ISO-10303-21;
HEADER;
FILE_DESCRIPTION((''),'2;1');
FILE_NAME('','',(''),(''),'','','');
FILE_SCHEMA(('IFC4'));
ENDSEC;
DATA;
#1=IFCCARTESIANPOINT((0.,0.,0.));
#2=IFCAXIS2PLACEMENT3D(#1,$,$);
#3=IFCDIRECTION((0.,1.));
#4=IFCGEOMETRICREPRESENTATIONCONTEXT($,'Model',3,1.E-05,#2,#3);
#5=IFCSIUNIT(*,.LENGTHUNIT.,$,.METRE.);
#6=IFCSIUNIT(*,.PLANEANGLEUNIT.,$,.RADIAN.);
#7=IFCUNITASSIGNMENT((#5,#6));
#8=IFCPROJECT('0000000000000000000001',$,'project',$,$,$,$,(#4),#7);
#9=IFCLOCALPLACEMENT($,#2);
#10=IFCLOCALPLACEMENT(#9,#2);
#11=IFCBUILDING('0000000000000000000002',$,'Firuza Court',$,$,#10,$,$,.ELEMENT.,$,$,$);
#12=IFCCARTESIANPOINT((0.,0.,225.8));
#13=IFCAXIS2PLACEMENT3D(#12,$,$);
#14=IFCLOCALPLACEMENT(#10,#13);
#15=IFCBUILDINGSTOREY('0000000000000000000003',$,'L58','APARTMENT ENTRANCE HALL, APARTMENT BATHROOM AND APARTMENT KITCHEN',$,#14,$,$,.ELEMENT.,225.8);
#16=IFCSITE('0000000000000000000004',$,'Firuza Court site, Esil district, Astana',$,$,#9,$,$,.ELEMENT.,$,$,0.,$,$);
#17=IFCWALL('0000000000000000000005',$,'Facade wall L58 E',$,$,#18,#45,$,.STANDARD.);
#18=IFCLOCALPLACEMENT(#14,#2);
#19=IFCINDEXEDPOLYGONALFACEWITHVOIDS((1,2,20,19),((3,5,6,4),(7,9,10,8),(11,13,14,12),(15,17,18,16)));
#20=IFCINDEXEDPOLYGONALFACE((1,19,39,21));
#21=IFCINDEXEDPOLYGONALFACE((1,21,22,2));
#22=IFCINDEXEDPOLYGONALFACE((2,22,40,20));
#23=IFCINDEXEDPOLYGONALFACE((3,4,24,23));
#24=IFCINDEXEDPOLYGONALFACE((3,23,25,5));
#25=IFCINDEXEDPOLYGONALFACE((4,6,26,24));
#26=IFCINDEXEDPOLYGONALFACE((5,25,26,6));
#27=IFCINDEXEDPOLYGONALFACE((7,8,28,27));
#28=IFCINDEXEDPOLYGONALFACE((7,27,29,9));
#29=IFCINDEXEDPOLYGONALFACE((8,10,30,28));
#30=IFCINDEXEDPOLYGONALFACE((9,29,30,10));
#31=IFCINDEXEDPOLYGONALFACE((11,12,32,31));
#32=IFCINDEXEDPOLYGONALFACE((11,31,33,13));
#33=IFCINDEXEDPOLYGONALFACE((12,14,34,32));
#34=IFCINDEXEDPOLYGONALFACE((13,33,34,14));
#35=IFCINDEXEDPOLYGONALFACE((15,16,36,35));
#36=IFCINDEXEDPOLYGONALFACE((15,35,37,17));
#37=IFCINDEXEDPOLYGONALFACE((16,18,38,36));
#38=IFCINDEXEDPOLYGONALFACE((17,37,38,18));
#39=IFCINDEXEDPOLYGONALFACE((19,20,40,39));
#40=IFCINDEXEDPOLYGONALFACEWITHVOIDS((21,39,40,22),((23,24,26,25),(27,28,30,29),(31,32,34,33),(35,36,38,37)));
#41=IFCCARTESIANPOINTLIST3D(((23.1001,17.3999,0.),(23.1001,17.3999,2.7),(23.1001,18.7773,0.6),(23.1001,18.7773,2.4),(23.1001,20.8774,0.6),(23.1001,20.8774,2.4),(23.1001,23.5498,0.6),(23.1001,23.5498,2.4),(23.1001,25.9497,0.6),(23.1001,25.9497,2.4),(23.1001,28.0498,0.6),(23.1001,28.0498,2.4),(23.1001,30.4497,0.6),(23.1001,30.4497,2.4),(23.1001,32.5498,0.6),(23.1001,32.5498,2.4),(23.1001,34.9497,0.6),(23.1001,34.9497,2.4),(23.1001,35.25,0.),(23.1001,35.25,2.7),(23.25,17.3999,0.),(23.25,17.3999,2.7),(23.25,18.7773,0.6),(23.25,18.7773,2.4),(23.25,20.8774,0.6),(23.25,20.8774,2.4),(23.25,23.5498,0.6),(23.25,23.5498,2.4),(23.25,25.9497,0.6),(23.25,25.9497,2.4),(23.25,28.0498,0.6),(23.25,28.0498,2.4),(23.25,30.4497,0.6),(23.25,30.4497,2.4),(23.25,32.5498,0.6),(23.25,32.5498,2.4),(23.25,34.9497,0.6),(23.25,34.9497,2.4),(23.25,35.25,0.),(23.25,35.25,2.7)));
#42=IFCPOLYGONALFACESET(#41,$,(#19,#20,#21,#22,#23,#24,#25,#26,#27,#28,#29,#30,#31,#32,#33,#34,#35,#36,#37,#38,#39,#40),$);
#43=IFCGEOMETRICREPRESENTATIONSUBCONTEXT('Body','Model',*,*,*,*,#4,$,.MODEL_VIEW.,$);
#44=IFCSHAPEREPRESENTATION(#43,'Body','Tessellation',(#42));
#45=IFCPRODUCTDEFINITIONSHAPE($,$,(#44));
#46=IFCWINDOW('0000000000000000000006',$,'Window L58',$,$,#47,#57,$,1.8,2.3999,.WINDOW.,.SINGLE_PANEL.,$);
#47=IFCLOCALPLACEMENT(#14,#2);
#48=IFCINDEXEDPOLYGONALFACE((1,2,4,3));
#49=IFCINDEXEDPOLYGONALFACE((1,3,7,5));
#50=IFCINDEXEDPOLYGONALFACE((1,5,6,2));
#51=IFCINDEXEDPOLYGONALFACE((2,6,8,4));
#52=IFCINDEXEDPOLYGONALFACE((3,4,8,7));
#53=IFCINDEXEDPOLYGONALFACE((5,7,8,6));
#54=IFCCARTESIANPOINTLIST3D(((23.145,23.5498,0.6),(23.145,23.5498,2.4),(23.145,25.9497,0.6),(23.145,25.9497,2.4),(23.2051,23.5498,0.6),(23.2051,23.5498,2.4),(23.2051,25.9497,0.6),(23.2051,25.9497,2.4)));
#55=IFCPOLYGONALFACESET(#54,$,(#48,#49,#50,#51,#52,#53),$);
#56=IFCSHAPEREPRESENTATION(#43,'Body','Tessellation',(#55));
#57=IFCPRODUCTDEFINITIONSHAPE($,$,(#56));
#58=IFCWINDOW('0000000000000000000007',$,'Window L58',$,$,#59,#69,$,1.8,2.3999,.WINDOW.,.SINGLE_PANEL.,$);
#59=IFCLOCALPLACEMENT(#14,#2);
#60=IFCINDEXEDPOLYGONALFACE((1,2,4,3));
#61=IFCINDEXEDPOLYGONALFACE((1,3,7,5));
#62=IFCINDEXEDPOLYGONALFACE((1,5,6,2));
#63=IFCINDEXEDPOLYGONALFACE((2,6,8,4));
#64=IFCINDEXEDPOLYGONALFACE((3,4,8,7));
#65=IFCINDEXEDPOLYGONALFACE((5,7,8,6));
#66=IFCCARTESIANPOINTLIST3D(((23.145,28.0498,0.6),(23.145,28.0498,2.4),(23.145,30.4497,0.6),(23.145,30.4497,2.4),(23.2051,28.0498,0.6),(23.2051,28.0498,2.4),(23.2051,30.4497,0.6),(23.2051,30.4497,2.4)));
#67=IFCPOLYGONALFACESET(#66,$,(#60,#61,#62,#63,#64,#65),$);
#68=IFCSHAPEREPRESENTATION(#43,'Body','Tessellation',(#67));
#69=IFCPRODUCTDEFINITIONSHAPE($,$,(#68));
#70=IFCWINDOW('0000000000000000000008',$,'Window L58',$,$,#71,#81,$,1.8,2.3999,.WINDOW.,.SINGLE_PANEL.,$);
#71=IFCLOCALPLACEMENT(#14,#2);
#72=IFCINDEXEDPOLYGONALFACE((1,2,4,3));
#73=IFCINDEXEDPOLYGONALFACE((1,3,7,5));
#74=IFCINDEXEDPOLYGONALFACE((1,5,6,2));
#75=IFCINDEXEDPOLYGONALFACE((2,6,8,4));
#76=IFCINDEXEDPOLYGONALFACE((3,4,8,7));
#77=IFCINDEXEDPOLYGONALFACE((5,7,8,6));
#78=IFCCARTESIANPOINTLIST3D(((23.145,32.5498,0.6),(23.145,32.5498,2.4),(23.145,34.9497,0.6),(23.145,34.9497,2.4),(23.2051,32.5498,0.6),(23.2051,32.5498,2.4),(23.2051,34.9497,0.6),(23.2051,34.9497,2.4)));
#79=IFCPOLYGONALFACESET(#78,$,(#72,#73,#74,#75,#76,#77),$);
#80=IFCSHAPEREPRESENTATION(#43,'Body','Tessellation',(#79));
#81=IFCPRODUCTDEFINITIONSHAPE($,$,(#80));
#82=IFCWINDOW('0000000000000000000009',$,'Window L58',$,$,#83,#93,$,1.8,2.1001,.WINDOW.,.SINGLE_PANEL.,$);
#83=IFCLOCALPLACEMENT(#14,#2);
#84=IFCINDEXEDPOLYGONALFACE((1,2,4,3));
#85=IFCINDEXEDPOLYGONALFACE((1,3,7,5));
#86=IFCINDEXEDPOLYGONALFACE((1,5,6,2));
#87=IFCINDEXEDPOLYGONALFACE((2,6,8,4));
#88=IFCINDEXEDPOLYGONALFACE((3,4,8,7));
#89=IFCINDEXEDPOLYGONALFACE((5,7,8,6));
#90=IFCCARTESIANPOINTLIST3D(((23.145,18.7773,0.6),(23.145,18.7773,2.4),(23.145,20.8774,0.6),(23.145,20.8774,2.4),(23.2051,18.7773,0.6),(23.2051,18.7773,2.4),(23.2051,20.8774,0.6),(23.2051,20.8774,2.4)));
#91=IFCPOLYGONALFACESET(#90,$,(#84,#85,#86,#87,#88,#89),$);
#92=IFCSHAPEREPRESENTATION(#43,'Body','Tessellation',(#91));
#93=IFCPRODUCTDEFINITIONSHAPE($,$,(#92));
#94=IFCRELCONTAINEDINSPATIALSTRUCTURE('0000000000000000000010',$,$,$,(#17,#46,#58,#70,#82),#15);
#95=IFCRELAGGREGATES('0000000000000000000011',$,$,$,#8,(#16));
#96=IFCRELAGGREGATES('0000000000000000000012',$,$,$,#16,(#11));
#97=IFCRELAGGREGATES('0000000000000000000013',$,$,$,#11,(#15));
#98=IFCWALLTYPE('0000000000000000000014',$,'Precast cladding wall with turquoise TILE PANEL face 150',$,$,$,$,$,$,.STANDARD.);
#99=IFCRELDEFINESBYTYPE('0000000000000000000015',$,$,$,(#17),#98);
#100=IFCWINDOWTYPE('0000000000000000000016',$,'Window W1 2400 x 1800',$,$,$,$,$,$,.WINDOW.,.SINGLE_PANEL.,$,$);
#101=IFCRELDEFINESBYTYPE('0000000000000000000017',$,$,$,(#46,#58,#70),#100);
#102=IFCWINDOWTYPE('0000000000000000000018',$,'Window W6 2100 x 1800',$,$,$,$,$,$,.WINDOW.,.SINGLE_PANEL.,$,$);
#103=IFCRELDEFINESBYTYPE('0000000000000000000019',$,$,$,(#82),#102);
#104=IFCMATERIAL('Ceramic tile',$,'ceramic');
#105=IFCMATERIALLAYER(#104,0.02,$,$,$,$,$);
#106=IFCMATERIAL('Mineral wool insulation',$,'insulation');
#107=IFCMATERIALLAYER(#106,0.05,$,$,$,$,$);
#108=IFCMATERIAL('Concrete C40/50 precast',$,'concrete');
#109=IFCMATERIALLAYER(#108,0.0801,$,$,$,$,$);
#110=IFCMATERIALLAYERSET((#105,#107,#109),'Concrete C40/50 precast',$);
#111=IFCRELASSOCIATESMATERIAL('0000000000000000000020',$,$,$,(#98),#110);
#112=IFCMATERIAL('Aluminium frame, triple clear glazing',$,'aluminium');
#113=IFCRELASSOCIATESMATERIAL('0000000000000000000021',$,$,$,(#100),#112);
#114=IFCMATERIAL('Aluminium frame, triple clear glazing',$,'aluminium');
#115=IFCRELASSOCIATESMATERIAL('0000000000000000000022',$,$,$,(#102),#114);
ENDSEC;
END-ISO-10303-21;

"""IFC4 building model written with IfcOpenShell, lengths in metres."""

from ifc_helpers import new_model, si_unit, direction, frame, frame_2d, origin, place, context, subcontext, project, spatial, rectangle, extrude, material, layer, layer_set, type_object, element, fill, save


model = new_model("IFC4")

# Units and contexts
model_context = context("Model", 3, precision=1e-05, world=origin(), true_north=direction((0.0, 1.0)))
body_context = subcontext(model_context, "Body", "Model", "MODEL_VIEW")
ifc_project = project(units=[si_unit("LENGTHUNIT", "METRE"), si_unit("PLANEANGLEUNIT", "RADIAN")], contexts=[model_context])

# Site, building, storey
site_placement = place(None, origin())
site = spatial("IfcSite", under=ifc_project, at=site_placement, Name="Firuza Court site, Esil district, Astana", CompositionType="ELEMENT", RefElevation=0.0)
building_placement = place(site_placement, origin())
building = spatial("IfcBuilding", under=site, at=building_placement, Name="Firuza Court", CompositionType="ELEMENT")
storey_placement = place(building_placement, frame((0.0, 0.0, 225.8)))
storey = spatial("IfcBuildingStorey", under=building, at=storey_placement, Name="L58", Description="APARTMENT ENTRANCE HALL, APARTMENT BATHROOM AND APARTMENT KITCHEN", CompositionType="ELEMENT", Elevation=225.8)

# Wall, openings, windows
ifc_material_1 = material(Name="Ceramic tile", Category="ceramic")
ifc_layer_1 = layer(ifc_material_1, 0.02)
ifc_material_2 = material(Name="Mineral wool insulation", Category="insulation")
ifc_layer_2 = layer(ifc_material_2, 0.05)
ifc_material_3 = material(Name="Concrete C40/50 precast", Category="concrete")
ifc_layer_3 = layer(ifc_material_3, 0.0801)
ifc_layer_set_1 = layer_set([ifc_layer_1, ifc_layer_2, ifc_layer_3], Name="Concrete C40/50 precast")
wall_type_1 = type_object("IfcWallType", Name="Precast cladding wall with turquoise TILE PANEL face 150", PredefinedType="STANDARD", material=ifc_layer_set_1)
wall_1_placement = place(storey_placement, frame((23.175, 17.3999, 0.0), z_axis=(0.0, 0.0, 1.0), x_axis=(0.0, 1.0, 0.0)))
wall_1 = element("IfcWall", 1, at=wall_1_placement, inside=storey, type_object=wall_type_1, Name="Facade wall L58 E", PredefinedType="STANDARD", context=body_context, shape_type="SweptSolid", body=[
    extrude(rectangle(XDim=17.8501, YDim=0.1499, at=frame_2d((8.925, 0.0))), origin(), (0.0, 0.0, 1.0), 2.7),
])
opening_1_placement = place(wall_1_placement, frame((1.3774, 0.0, 0.6001)))
opening_1 = element("IfcOpeningElement", 2, at=opening_1_placement, cuts=wall_1, PredefinedType="OPENING", context=body_context, shape_type="SweptSolid", body=[
    extrude(rectangle(XDim=2.1001, YDim=1.8, at=frame_2d((1.05, 0.8999))), frame((0.0, 0.0869, 0.0), z_axis=(0.0, -1.0, 0.0), x_axis=(1.0, 0.0, 0.0)), (0.0, 0.0, 1.0), 0.1738),
])
opening_2_placement = place(wall_1_placement, frame((6.1499, 0.0, 0.6001)))
opening_2 = element("IfcOpeningElement", 3, at=opening_2_placement, cuts=wall_1, PredefinedType="OPENING", context=body_context, shape_type="SweptSolid", body=[
    extrude(rectangle(XDim=2.3999, YDim=1.8, at=frame_2d((1.2, 0.8999))), frame((0.0, 0.0869, 0.0), z_axis=(0.0, -1.0, 0.0), x_axis=(1.0, 0.0, 0.0)), (0.0, 0.0, 1.0), 0.1738),
])
opening_3_placement = place(wall_1_placement, frame((10.6499, 0.0, 0.6001)))
opening_3 = element("IfcOpeningElement", 4, at=opening_3_placement, cuts=wall_1, PredefinedType="OPENING", context=body_context, shape_type="SweptSolid", body=[
    extrude(rectangle(XDim=2.3999, YDim=1.8, at=frame_2d((1.2, 0.8999))), frame((0.0, 0.0869, 0.0), z_axis=(0.0, -1.0, 0.0), x_axis=(1.0, 0.0, 0.0)), (0.0, 0.0, 1.0), 0.1738),
])
opening_4_placement = place(wall_1_placement, frame((15.1499, 0.0, 0.6001)))
opening_4 = element("IfcOpeningElement", 5, at=opening_4_placement, cuts=wall_1, PredefinedType="OPENING", context=body_context, shape_type="SweptSolid", body=[
    extrude(rectangle(XDim=2.3999, YDim=1.8, at=frame_2d((1.2, 0.8999))), frame((0.0, 0.0869, 0.0), z_axis=(0.0, -1.0, 0.0), x_axis=(1.0, 0.0, 0.0)), (0.0, 0.0, 1.0), 0.1738),
])
ifc_material_4 = material(Name="Aluminium frame, triple clear glazing", Category="aluminium")
window_type_1 = type_object("IfcWindowType", Name="Window W1 2400 x 1800", PartitioningType="SINGLE_PANEL", PredefinedType="WINDOW", material=ifc_material_4)
window_1_placement = place(opening_2_placement, origin())
window_1 = element("IfcWindow", 6, at=window_1_placement, inside=storey, type_object=window_type_1, Name="Window L58", OverallHeight=1.8, OverallWidth=2.3999, PartitioningType="SINGLE_PANEL", PredefinedType="WINDOW", context=body_context, shape_type="SweptSolid", body=[
    extrude(rectangle(XDim=2.3999, YDim=1.8, at=frame_2d((1.2, 0.8999))), frame((0.0, 0.03, 0.0), z_axis=(0.0, -1.0, 0.0), x_axis=(1.0, 0.0, 0.0)), (0.0, 0.0, 1.0), 0.0601),
])
fill(opening_2, window_1)
window_2_placement = place(opening_3_placement, origin())
window_2 = element("IfcWindow", 7, at=window_2_placement, inside=storey, type_object=window_type_1, Name="Window L58", OverallHeight=1.8, OverallWidth=2.3999, PartitioningType="SINGLE_PANEL", PredefinedType="WINDOW", context=body_context, shape_type="SweptSolid", body=[
    extrude(rectangle(XDim=2.3999, YDim=1.8, at=frame_2d((1.2, 0.8999))), frame((0.0, 0.03, 0.0), z_axis=(0.0, -1.0, 0.0), x_axis=(1.0, 0.0, 0.0)), (0.0, 0.0, 1.0), 0.0601),
])
fill(opening_3, window_2)
window_3_placement = place(opening_4_placement, origin())
window_3 = element("IfcWindow", 8, at=window_3_placement, inside=storey, type_object=window_type_1, Name="Window L58", OverallHeight=1.8, OverallWidth=2.3999, PartitioningType="SINGLE_PANEL", PredefinedType="WINDOW", context=body_context, shape_type="SweptSolid", body=[
    extrude(rectangle(XDim=2.3999, YDim=1.8, at=frame_2d((1.2, 0.8999))), frame((0.0, 0.03, 0.0), z_axis=(0.0, -1.0, 0.0), x_axis=(1.0, 0.0, 0.0)), (0.0, 0.0, 1.0), 0.0601),
])
fill(opening_4, window_3)
ifc_material_5 = material(Name="Aluminium frame, triple clear glazing", Category="aluminium")
window_type_2 = type_object("IfcWindowType", Name="Window W6 2100 x 1800", PartitioningType="SINGLE_PANEL", PredefinedType="WINDOW", material=ifc_material_5)
window_4_placement = place(opening_1_placement, origin())
window_4 = element("IfcWindow", 9, at=window_4_placement, inside=storey, type_object=window_type_2, Name="Window L58", OverallHeight=1.8, OverallWidth=2.1001, PartitioningType="SINGLE_PANEL", PredefinedType="WINDOW", context=body_context, shape_type="SweptSolid", body=[
    extrude(rectangle(XDim=2.1001, YDim=1.8, at=frame_2d((1.05, 0.8999))), frame((0.0, 0.03, 0.0), z_axis=(0.0, -1.0, 0.0), x_axis=(1.0, 0.0, 0.0)), (0.0, 0.0, 1.0), 0.0601),
])
fill(opening_1, window_4)

save(model, "model.ifc")
